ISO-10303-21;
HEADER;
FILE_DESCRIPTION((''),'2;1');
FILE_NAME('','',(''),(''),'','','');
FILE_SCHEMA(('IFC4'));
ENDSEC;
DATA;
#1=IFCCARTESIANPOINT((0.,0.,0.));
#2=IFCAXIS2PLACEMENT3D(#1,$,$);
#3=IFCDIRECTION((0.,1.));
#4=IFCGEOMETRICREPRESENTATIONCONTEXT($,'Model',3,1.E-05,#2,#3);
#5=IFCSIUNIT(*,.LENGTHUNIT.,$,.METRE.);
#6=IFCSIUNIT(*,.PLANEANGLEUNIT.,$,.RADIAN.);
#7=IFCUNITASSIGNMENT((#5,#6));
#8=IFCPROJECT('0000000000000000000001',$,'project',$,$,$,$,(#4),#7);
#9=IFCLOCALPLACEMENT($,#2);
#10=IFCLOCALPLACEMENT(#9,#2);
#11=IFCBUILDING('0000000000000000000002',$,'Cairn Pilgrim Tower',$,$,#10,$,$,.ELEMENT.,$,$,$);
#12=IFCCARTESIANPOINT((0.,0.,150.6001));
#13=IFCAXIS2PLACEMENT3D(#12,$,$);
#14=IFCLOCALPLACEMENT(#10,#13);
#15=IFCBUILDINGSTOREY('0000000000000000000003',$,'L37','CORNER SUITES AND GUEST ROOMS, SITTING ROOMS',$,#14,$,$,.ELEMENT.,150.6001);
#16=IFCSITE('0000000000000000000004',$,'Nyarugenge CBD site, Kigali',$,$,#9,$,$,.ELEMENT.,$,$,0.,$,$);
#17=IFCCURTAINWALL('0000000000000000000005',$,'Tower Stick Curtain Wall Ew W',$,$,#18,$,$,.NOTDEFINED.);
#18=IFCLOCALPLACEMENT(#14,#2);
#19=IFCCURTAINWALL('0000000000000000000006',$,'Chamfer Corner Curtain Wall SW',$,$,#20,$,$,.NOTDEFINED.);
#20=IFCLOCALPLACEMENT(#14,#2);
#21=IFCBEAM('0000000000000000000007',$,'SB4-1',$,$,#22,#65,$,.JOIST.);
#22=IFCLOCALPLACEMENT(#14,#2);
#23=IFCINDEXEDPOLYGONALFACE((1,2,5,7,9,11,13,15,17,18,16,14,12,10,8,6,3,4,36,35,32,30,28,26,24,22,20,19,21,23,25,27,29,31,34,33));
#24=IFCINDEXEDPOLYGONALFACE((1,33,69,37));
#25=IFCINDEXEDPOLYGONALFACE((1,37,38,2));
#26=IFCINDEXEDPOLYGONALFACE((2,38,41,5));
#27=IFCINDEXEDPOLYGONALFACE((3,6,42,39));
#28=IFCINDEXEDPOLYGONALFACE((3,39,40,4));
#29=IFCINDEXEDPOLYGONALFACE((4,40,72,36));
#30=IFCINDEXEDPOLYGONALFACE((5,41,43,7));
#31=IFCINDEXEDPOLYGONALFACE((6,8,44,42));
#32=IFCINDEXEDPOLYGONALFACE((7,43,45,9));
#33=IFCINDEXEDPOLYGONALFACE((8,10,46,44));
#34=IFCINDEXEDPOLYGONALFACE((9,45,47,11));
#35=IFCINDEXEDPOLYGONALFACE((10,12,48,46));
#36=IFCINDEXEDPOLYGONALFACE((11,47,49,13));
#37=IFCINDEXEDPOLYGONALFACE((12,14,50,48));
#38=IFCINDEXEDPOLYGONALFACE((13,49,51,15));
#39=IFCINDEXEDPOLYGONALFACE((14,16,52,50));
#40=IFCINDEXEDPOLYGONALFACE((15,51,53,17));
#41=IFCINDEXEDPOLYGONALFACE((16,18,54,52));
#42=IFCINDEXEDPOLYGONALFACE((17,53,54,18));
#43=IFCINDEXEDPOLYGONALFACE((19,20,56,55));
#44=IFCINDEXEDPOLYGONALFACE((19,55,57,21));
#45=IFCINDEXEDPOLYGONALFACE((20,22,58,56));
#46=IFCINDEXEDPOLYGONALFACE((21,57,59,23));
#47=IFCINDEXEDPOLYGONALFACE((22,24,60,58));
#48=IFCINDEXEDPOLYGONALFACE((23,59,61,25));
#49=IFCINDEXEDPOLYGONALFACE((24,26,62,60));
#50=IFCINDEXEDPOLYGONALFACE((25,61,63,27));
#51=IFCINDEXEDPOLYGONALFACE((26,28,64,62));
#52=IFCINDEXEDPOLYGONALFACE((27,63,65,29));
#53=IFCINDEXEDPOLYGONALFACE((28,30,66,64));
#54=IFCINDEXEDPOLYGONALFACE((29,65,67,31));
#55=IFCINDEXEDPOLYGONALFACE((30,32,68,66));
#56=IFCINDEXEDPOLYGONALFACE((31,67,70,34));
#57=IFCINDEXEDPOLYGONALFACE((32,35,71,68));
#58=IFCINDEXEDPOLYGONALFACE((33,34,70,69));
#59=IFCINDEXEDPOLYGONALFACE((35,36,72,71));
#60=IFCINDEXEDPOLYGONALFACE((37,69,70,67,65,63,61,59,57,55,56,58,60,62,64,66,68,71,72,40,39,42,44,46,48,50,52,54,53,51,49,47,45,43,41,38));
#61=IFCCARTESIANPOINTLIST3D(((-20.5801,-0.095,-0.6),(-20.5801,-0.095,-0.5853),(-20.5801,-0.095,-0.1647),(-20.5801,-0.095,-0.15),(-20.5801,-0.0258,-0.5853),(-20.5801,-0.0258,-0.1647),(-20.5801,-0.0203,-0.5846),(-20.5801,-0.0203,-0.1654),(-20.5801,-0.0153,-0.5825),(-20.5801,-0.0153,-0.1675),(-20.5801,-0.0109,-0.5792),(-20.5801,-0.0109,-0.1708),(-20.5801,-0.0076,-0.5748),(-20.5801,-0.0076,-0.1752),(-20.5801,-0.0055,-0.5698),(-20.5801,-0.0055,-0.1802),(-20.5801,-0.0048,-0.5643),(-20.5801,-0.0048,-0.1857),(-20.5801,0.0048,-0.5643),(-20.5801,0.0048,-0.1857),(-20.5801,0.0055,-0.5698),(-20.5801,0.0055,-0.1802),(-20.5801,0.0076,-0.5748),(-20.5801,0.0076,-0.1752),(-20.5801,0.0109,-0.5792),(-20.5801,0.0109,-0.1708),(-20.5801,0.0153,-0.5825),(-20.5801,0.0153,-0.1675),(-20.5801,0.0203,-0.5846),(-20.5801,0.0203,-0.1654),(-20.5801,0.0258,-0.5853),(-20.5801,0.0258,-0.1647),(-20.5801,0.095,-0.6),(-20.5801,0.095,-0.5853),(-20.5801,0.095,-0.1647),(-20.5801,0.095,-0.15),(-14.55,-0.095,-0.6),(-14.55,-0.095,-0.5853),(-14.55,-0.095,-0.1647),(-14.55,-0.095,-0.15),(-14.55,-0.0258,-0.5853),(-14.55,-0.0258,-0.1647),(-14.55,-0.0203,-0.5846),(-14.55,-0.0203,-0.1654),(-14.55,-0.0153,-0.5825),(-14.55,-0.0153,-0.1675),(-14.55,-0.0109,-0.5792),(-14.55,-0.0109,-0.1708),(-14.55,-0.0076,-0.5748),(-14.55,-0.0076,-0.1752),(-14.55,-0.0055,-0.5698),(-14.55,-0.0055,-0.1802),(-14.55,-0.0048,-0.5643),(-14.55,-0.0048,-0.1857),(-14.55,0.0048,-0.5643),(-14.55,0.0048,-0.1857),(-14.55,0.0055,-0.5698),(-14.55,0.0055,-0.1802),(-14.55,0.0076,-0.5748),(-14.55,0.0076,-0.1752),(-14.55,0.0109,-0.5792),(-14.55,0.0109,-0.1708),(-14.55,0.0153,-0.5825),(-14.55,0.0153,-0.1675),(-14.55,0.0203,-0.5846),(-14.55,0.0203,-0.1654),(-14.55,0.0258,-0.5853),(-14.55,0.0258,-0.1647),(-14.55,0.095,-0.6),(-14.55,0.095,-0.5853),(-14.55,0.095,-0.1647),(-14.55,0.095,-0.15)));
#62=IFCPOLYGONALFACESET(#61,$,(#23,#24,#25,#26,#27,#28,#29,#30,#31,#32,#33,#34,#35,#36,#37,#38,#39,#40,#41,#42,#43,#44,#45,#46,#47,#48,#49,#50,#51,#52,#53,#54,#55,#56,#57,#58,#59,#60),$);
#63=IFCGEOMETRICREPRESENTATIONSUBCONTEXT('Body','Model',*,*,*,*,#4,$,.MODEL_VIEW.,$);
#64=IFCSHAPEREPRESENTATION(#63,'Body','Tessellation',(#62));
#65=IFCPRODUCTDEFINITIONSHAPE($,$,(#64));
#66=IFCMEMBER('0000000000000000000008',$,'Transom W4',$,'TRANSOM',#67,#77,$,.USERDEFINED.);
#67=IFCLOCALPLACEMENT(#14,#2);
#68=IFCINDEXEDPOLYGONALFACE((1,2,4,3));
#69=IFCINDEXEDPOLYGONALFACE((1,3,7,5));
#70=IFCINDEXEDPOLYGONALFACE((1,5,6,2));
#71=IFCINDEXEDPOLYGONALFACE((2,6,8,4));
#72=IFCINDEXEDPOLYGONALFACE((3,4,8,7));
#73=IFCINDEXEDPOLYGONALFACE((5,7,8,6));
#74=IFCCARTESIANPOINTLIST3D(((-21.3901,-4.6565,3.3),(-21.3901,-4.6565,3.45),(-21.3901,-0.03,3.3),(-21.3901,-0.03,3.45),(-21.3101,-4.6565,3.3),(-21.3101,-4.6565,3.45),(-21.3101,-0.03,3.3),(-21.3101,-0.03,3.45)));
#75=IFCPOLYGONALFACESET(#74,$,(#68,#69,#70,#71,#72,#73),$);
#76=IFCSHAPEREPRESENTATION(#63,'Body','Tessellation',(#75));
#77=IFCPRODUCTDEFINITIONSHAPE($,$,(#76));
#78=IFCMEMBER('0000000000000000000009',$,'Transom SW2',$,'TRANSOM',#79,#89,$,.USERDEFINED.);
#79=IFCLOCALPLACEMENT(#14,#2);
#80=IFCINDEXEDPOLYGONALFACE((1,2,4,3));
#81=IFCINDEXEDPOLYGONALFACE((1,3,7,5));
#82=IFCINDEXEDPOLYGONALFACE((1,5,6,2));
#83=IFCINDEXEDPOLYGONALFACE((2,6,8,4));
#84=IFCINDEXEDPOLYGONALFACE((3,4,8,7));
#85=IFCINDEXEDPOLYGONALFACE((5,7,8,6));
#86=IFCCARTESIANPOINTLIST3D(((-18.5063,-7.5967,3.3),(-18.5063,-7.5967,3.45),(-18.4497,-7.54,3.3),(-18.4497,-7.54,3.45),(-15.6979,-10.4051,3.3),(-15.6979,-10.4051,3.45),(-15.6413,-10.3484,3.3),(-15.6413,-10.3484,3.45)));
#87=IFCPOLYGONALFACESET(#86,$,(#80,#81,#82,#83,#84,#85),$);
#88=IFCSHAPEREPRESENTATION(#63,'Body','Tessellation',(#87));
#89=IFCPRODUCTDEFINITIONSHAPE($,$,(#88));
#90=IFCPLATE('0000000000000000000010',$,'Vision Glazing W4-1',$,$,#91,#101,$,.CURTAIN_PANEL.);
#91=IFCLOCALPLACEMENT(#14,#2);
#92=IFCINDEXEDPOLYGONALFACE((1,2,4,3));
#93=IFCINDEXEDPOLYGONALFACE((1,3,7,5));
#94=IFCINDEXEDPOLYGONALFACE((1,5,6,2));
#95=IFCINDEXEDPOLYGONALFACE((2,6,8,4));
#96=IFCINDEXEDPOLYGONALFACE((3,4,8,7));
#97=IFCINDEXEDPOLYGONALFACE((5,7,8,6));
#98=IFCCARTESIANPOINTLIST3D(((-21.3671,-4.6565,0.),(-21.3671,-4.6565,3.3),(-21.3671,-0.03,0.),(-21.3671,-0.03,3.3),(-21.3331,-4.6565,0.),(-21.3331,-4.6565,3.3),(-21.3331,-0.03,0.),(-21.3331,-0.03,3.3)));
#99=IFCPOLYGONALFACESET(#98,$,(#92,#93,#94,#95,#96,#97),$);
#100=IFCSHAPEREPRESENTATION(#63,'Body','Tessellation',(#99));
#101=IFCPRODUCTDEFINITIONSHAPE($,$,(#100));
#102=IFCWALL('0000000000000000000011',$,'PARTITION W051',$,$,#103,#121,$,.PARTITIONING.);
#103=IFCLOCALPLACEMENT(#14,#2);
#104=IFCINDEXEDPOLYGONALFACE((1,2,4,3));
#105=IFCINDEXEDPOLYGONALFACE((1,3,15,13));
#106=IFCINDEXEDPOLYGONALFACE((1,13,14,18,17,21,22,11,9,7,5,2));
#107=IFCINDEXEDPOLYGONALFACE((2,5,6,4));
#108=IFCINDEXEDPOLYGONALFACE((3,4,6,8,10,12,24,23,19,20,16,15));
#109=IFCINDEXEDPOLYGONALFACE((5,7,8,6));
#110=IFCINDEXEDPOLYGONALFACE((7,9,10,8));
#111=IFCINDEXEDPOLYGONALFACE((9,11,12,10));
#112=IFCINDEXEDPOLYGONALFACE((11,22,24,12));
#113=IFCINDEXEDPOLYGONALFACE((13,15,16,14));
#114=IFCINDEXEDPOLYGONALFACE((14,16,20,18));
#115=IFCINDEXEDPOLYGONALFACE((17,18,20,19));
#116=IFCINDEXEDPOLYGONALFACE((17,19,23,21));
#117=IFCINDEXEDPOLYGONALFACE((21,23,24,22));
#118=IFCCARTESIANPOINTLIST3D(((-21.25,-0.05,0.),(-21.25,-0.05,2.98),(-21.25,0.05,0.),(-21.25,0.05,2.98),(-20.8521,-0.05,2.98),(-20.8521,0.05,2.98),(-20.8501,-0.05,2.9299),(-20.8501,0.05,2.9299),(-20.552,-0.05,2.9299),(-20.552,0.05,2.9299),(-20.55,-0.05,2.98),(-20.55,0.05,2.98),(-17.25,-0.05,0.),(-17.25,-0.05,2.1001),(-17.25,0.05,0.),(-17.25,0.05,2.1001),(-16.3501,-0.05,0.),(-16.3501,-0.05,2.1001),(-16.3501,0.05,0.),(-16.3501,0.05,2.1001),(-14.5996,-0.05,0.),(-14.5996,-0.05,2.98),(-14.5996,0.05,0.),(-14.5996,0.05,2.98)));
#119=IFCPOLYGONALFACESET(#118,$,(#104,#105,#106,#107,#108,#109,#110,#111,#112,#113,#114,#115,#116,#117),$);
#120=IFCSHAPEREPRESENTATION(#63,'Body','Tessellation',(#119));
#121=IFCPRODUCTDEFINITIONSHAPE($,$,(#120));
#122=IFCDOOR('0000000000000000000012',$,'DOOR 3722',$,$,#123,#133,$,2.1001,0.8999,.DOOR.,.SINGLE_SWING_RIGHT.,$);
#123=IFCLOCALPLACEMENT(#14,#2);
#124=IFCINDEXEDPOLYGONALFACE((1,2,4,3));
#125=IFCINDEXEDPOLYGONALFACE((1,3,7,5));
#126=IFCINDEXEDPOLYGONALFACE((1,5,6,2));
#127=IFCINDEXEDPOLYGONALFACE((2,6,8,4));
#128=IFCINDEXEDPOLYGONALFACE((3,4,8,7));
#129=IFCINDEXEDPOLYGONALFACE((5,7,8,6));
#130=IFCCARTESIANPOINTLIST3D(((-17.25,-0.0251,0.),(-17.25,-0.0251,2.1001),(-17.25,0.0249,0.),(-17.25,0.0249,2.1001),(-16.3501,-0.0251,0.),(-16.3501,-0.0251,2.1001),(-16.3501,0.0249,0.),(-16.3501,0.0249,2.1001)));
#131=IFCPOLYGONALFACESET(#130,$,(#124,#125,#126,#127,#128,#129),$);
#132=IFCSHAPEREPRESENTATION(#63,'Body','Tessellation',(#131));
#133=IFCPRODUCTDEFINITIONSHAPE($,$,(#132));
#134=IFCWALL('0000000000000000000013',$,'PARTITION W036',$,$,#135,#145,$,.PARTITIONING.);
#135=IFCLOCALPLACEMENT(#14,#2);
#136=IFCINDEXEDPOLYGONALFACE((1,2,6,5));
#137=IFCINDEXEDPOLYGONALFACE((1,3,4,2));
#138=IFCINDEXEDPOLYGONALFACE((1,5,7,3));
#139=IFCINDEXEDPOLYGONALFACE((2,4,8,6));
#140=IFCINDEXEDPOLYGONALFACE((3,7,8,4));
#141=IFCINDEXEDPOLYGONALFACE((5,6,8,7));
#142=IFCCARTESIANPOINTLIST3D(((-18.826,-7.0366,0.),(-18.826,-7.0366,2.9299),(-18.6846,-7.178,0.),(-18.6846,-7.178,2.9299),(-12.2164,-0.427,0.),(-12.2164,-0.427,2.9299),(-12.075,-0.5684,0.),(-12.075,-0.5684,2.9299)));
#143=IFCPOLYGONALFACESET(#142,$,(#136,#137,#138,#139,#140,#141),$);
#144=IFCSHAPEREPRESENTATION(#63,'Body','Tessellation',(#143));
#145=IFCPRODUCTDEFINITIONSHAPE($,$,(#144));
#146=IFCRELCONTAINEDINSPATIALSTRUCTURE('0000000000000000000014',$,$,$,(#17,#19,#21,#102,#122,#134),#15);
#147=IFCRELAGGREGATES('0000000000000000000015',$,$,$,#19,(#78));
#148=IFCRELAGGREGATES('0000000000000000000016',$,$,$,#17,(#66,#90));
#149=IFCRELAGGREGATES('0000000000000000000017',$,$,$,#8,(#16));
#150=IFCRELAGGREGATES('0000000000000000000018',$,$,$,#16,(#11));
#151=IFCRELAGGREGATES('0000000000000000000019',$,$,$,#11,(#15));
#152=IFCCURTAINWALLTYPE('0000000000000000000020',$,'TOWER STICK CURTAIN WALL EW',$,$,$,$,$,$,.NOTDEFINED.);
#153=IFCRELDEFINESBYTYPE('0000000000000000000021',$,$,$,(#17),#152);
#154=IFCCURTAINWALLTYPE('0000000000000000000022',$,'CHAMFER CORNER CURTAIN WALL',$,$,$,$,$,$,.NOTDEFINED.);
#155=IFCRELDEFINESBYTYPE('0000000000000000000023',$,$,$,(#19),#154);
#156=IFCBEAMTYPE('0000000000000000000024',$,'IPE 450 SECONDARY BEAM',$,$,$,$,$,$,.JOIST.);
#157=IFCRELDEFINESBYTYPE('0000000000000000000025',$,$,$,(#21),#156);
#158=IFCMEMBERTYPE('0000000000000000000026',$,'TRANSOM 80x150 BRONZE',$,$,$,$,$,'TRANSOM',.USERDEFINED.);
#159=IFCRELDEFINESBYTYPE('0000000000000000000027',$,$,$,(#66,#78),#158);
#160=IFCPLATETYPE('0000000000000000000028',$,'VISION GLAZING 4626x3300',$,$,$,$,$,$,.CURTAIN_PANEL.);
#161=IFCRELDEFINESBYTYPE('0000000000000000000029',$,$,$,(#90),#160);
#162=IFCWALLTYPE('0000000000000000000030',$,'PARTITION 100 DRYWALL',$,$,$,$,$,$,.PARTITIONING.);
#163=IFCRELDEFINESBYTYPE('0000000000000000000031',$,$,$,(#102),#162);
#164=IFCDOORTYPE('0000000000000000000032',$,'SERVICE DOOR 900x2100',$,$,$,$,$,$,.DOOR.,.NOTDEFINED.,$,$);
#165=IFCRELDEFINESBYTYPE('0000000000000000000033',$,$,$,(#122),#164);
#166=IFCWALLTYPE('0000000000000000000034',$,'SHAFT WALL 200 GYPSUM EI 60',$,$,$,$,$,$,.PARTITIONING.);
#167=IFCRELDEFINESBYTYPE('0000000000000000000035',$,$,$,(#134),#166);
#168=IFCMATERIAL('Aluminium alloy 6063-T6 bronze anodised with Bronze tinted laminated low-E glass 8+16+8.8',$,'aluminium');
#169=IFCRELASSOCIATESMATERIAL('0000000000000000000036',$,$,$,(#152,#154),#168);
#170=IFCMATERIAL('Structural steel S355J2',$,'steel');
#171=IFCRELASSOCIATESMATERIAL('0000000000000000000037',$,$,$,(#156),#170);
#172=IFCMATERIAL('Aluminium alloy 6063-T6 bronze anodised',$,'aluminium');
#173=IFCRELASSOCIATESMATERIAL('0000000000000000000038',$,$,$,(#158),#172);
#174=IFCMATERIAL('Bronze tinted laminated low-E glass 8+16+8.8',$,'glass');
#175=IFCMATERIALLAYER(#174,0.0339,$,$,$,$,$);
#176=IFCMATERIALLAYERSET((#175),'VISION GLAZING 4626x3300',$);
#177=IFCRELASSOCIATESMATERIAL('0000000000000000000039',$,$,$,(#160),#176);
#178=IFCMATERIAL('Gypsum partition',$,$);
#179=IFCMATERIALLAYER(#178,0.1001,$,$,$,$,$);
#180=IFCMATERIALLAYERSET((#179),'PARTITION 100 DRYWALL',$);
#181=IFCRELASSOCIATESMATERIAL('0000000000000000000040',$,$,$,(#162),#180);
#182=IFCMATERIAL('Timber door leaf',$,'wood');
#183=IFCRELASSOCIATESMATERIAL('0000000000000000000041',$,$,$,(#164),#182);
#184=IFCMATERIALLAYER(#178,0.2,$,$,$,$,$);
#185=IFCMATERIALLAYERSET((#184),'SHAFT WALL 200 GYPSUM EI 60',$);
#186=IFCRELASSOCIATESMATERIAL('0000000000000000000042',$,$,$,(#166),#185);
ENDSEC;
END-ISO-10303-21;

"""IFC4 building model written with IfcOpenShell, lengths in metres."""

from ifc_helpers import new_model, si_unit, direction, frame, frame_2d, origin, origin_2d, place, context, subcontext, project, spatial, polyline, rectangle, i_section, outline, extrude, material, layer, layer_set, material_profile, profile_set, type_object, element, fill, aggregate, save


model = new_model("IFC4")

# Units and contexts
model_context = context("Model", 3, precision=1e-05, world=origin(), true_north=direction((0.0, 1.0)))
body_context = subcontext(model_context, "Body", "Model", "MODEL_VIEW")
ifc_project = project(units=[si_unit("LENGTHUNIT", "METRE"), si_unit("PLANEANGLEUNIT", "RADIAN")], contexts=[model_context])

# Site, building, storey
site_placement = place(None, origin())
site = spatial("IfcSite", under=ifc_project, at=site_placement, Name="Nyarugenge CBD site, Kigali", CompositionType="ELEMENT", RefElevation=0.0)
building_placement = place(site_placement, origin())
building = spatial("IfcBuilding", under=site, at=building_placement, Name="Cairn Pilgrim Tower", CompositionType="ELEMENT")
storey_placement = place(building_placement, frame((0.0, 0.0, 150.6001)))
storey = spatial("IfcBuildingStorey", under=building, at=storey_placement, Name="L37", Description="CORNER SUITES AND GUEST ROOMS, SITTING ROOMS", CompositionType="ELEMENT", Elevation=150.6001)

# Curtain wall
ifc_material_1 = material(Name="Aluminium alloy 6063-T6 bronze anodised with Bronze tinted laminated low-E glass 8+16+8.8", Category="aluminium")
curtain_wall_type_1 = type_object("IfcCurtainWallType", Name="TOWER STICK CURTAIN WALL EW", PredefinedType="NOTDEFINED", material=ifc_material_1)
curtain_wall_1_placement = place(storey_placement, origin())
curtain_wall_1 = element("IfcCurtainWall", 1, at=curtain_wall_1_placement, inside=storey, type_object=curtain_wall_type_1, Name="Tower Stick Curtain Wall Ew W", PredefinedType="NOTDEFINED")
ifc_material_2 = material(Name="Aluminium alloy 6063-T6 bronze anodised", Category="aluminium")

# Curtain wall
curtain_wall_type_2 = type_object("IfcCurtainWallType", Name="CHAMFER CORNER CURTAIN WALL", PredefinedType="NOTDEFINED", material=ifc_material_1)
curtain_wall_2_placement = place(storey_placement, origin())
curtain_wall_2 = element("IfcCurtainWall", 2, at=curtain_wall_2_placement, inside=storey, type_object=curtain_wall_type_2, Name="Chamfer Corner Curtain Wall SW", PredefinedType="NOTDEFINED")

# Beam
ifc_material_3 = material(Name="Structural steel S355J2", Category="steel")
ifc_material_profile_1 = material_profile(ifc_material_3, i_section(OverallWidth=0.1899, OverallDepth=0.45, WebThickness=0.0095, FlangeThickness=0.0146, FilletRadius=0.021, at=origin_2d()), Name="IPE 450")
ifc_profile_set_1 = profile_set([ifc_material_profile_1], Name="Structural steel S355J2")
beam_type_1 = type_object("IfcBeamType", Name="IPE 450 SECONDARY BEAM", PredefinedType="JOIST", material=ifc_profile_set_1)
beam_1_placement = place(storey_placement, frame((-20.5801, 0.0, -0.375), z_axis=(1.0, 0.0, 0.0), x_axis=(0.0, 1.0, 0.0)))
element("IfcBeam", 3, at=beam_1_placement, inside=storey, type_object=beam_type_1, Name="SB4-1", PredefinedType="JOIST", context=body_context, shape_type="SweptSolid", body=[
    extrude(i_section(OverallWidth=0.1899, OverallDepth=0.45, WebThickness=0.0095, FlangeThickness=0.0146, FilletRadius=0.021, at=origin_2d()), origin(), (0.0, 0.0, 1.0), 6.03),
])

# Members
ifc_material_profile_2 = material_profile(ifc_material_2, rectangle(XDim=0.0801, YDim=0.1499, at=origin_2d()), Name="TRANSOM 80x150 BRONZE")
ifc_profile_set_2 = profile_set([ifc_material_profile_2], Name="Aluminium alloy 6063-T6 bronze anodised")
member_type_1 = type_object("IfcMemberType", Name="TRANSOM 80x150 BRONZE", ElementType="TRANSOM", PredefinedType="USERDEFINED", material=ifc_profile_set_2)
member_1_placement = place(storey_placement, frame((-21.3501, -0.03, 3.375), z_axis=(0.0, -1.0, 0.0), x_axis=(1.0, 0.0, 0.0)))
member_1 = element("IfcMember", 4, at=member_1_placement, type_object=member_type_1, Name="Transom W4", ObjectType="TRANSOM", PredefinedType="USERDEFINED", context=body_context, shape_type="SweptSolid", body=[
    extrude(rectangle(XDim=0.0801, YDim=0.1499, at=origin_2d()), origin(), (0.0, 0.0, 1.0), 4.6265),
])
member_2_placement = place(storey_placement, frame((-18.478, -7.5684, 3.375), z_axis=(0.707107, -0.707107, 0.0), x_axis=(0.707107, 0.707107, 0.0)))
member_2 = element("IfcMember", 5, at=member_2_placement, type_object=member_type_1, Name="Transom SW2", ObjectType="TRANSOM", PredefinedType="USERDEFINED", context=body_context, shape_type="SweptSolid", body=[
    extrude(rectangle(XDim=0.0801, YDim=0.1499, at=origin_2d()), origin(), (0.0, 0.0, 1.0), 3.9717),
])
aggregate(curtain_wall_2, [member_2])

# Plate
ifc_material_4 = material(Name="Bronze tinted laminated low-E glass 8+16+8.8", Category="glass")
ifc_layer_1 = layer(ifc_material_4, 0.0339)
ifc_layer_set_1 = layer_set([ifc_layer_1], Name="VISION GLAZING 4626x3300")
plate_type = type_object("IfcPlateType", Name="VISION GLAZING 4626x3300", PredefinedType="CURTAIN_PANEL", material=ifc_layer_set_1)
plate_placement = place(storey_placement, frame((-21.3501, -2.3433, 0.0), z_axis=(0.0, 0.0, 1.0), x_axis=(0.0, -1.0, 0.0)))
plate = element("IfcPlate", 6, at=plate_placement, type_object=plate_type, Name="Vision Glazing W4-1", PredefinedType="CURTAIN_PANEL", context=body_context, shape_type="SweptSolid", body=[
    extrude(rectangle(XDim=4.6265, YDim=0.0339, at=origin_2d()), origin(), (0.0, 0.0, 1.0), 3.3),
])
aggregate(curtain_wall_1, [member_1, plate])

# Wall, opening, door
ifc_material_5 = material(Name="Gypsum partition")
ifc_layer_2 = layer(ifc_material_5, 0.1001)
ifc_layer_set_2 = layer_set([ifc_layer_2], Name="PARTITION 100 DRYWALL")
wall_type_1 = type_object("IfcWallType", Name="PARTITION 100 DRYWALL", PredefinedType="PARTITIONING", material=ifc_layer_set_2)
wall_1_placement = place(storey_placement, frame((-21.25, 0.0, 0.0), z_axis=(0.0, 0.0, 1.0), x_axis=(1.0, 0.0, 0.0)))
wall_1 = element("IfcWall", 7, at=wall_1_placement, inside=storey, type_object=wall_type_1, Name="PARTITION W051", PredefinedType="PARTITIONING", context=body_context, shape_type="SweptSolid", body=[
    extrude(outline(polyline([(0.0, 0.0), (6.6504, 0.0), (6.6504, 2.98), (0.7, 2.98), (0.698, 2.9299), (0.3999, 2.9299), (0.3979, 2.98), (0.0, 2.98), (0.0, 0.0)])), frame((0.0, 0.05, 0.0), z_axis=(0.0, -1.0, 0.0), x_axis=(1.0, 0.0, 0.0)), (0.0, 0.0, 1.0), 0.1001),
])
opening_1_placement = place(wall_1_placement, frame((4.0, 0.0, 0.0)))
opening_1 = element("IfcOpeningElement", 8, at=opening_1_placement, cuts=wall_1, PredefinedType="OPENING", context=body_context, shape_type="SweptSolid", body=[
    extrude(rectangle(XDim=0.8999, YDim=2.1001, at=frame_2d((0.45, 1.05))), frame((0.0, 0.0601, 0.0), z_axis=(0.0, -1.0, 0.0), x_axis=(1.0, 0.0, 0.0)), (0.0, 0.0, 1.0), 0.1201),
])
ifc_material_6 = material(Name="Timber door leaf", Category="wood")
door_type_1 = type_object("IfcDoorType", Name="SERVICE DOOR 900x2100", OperationType="NOTDEFINED", PredefinedType="DOOR", material=ifc_material_6)
door_1_placement = place(opening_1_placement, origin())
door_1 = element("IfcDoor", 9, at=door_1_placement, inside=storey, type_object=door_type_1, Name="DOOR 3722", OperationType="SINGLE_SWING_RIGHT", OverallHeight=2.1001, OverallWidth=0.8999, PredefinedType="DOOR", context=body_context, shape_type="SweptSolid", body=[
    extrude(rectangle(XDim=0.8999, YDim=2.1001, at=frame_2d((0.45, 1.05))), frame((0.0, 0.0249, 0.0), z_axis=(0.0, -1.0, 0.0), x_axis=(1.0, 0.0, 0.0)), (0.0, 0.0, 1.0), 0.05),
])
fill(opening_1, door_1)

# Wall
ifc_layer_3 = layer(ifc_material_5, 0.2)
ifc_layer_set_3 = layer_set([ifc_layer_3], Name="SHAFT WALL 200 GYPSUM EI 60")
wall_type_2 = type_object("IfcWallType", Name="SHAFT WALL 200 GYPSUM EI 60", PredefinedType="PARTITIONING", material=ifc_layer_set_3)
wall_2_placement = place(storey_placement, frame((-18.7554, -7.1074, 0.0), z_axis=(0.0, 0.0, 1.0), x_axis=(0.707107, 0.707107, 0.0)))
element("IfcWall", 10, at=wall_2_placement, inside=storey, type_object=wall_type_2, Name="PARTITION W036", PredefinedType="PARTITIONING", context=body_context, shape_type="SweptSolid", body=[
    extrude(rectangle(XDim=9.3474, YDim=0.2, at=frame_2d((4.6738, 0.0))), origin(), (0.0, 0.0, 1.0), 2.9299),
])

save(model, "model.ifc")
